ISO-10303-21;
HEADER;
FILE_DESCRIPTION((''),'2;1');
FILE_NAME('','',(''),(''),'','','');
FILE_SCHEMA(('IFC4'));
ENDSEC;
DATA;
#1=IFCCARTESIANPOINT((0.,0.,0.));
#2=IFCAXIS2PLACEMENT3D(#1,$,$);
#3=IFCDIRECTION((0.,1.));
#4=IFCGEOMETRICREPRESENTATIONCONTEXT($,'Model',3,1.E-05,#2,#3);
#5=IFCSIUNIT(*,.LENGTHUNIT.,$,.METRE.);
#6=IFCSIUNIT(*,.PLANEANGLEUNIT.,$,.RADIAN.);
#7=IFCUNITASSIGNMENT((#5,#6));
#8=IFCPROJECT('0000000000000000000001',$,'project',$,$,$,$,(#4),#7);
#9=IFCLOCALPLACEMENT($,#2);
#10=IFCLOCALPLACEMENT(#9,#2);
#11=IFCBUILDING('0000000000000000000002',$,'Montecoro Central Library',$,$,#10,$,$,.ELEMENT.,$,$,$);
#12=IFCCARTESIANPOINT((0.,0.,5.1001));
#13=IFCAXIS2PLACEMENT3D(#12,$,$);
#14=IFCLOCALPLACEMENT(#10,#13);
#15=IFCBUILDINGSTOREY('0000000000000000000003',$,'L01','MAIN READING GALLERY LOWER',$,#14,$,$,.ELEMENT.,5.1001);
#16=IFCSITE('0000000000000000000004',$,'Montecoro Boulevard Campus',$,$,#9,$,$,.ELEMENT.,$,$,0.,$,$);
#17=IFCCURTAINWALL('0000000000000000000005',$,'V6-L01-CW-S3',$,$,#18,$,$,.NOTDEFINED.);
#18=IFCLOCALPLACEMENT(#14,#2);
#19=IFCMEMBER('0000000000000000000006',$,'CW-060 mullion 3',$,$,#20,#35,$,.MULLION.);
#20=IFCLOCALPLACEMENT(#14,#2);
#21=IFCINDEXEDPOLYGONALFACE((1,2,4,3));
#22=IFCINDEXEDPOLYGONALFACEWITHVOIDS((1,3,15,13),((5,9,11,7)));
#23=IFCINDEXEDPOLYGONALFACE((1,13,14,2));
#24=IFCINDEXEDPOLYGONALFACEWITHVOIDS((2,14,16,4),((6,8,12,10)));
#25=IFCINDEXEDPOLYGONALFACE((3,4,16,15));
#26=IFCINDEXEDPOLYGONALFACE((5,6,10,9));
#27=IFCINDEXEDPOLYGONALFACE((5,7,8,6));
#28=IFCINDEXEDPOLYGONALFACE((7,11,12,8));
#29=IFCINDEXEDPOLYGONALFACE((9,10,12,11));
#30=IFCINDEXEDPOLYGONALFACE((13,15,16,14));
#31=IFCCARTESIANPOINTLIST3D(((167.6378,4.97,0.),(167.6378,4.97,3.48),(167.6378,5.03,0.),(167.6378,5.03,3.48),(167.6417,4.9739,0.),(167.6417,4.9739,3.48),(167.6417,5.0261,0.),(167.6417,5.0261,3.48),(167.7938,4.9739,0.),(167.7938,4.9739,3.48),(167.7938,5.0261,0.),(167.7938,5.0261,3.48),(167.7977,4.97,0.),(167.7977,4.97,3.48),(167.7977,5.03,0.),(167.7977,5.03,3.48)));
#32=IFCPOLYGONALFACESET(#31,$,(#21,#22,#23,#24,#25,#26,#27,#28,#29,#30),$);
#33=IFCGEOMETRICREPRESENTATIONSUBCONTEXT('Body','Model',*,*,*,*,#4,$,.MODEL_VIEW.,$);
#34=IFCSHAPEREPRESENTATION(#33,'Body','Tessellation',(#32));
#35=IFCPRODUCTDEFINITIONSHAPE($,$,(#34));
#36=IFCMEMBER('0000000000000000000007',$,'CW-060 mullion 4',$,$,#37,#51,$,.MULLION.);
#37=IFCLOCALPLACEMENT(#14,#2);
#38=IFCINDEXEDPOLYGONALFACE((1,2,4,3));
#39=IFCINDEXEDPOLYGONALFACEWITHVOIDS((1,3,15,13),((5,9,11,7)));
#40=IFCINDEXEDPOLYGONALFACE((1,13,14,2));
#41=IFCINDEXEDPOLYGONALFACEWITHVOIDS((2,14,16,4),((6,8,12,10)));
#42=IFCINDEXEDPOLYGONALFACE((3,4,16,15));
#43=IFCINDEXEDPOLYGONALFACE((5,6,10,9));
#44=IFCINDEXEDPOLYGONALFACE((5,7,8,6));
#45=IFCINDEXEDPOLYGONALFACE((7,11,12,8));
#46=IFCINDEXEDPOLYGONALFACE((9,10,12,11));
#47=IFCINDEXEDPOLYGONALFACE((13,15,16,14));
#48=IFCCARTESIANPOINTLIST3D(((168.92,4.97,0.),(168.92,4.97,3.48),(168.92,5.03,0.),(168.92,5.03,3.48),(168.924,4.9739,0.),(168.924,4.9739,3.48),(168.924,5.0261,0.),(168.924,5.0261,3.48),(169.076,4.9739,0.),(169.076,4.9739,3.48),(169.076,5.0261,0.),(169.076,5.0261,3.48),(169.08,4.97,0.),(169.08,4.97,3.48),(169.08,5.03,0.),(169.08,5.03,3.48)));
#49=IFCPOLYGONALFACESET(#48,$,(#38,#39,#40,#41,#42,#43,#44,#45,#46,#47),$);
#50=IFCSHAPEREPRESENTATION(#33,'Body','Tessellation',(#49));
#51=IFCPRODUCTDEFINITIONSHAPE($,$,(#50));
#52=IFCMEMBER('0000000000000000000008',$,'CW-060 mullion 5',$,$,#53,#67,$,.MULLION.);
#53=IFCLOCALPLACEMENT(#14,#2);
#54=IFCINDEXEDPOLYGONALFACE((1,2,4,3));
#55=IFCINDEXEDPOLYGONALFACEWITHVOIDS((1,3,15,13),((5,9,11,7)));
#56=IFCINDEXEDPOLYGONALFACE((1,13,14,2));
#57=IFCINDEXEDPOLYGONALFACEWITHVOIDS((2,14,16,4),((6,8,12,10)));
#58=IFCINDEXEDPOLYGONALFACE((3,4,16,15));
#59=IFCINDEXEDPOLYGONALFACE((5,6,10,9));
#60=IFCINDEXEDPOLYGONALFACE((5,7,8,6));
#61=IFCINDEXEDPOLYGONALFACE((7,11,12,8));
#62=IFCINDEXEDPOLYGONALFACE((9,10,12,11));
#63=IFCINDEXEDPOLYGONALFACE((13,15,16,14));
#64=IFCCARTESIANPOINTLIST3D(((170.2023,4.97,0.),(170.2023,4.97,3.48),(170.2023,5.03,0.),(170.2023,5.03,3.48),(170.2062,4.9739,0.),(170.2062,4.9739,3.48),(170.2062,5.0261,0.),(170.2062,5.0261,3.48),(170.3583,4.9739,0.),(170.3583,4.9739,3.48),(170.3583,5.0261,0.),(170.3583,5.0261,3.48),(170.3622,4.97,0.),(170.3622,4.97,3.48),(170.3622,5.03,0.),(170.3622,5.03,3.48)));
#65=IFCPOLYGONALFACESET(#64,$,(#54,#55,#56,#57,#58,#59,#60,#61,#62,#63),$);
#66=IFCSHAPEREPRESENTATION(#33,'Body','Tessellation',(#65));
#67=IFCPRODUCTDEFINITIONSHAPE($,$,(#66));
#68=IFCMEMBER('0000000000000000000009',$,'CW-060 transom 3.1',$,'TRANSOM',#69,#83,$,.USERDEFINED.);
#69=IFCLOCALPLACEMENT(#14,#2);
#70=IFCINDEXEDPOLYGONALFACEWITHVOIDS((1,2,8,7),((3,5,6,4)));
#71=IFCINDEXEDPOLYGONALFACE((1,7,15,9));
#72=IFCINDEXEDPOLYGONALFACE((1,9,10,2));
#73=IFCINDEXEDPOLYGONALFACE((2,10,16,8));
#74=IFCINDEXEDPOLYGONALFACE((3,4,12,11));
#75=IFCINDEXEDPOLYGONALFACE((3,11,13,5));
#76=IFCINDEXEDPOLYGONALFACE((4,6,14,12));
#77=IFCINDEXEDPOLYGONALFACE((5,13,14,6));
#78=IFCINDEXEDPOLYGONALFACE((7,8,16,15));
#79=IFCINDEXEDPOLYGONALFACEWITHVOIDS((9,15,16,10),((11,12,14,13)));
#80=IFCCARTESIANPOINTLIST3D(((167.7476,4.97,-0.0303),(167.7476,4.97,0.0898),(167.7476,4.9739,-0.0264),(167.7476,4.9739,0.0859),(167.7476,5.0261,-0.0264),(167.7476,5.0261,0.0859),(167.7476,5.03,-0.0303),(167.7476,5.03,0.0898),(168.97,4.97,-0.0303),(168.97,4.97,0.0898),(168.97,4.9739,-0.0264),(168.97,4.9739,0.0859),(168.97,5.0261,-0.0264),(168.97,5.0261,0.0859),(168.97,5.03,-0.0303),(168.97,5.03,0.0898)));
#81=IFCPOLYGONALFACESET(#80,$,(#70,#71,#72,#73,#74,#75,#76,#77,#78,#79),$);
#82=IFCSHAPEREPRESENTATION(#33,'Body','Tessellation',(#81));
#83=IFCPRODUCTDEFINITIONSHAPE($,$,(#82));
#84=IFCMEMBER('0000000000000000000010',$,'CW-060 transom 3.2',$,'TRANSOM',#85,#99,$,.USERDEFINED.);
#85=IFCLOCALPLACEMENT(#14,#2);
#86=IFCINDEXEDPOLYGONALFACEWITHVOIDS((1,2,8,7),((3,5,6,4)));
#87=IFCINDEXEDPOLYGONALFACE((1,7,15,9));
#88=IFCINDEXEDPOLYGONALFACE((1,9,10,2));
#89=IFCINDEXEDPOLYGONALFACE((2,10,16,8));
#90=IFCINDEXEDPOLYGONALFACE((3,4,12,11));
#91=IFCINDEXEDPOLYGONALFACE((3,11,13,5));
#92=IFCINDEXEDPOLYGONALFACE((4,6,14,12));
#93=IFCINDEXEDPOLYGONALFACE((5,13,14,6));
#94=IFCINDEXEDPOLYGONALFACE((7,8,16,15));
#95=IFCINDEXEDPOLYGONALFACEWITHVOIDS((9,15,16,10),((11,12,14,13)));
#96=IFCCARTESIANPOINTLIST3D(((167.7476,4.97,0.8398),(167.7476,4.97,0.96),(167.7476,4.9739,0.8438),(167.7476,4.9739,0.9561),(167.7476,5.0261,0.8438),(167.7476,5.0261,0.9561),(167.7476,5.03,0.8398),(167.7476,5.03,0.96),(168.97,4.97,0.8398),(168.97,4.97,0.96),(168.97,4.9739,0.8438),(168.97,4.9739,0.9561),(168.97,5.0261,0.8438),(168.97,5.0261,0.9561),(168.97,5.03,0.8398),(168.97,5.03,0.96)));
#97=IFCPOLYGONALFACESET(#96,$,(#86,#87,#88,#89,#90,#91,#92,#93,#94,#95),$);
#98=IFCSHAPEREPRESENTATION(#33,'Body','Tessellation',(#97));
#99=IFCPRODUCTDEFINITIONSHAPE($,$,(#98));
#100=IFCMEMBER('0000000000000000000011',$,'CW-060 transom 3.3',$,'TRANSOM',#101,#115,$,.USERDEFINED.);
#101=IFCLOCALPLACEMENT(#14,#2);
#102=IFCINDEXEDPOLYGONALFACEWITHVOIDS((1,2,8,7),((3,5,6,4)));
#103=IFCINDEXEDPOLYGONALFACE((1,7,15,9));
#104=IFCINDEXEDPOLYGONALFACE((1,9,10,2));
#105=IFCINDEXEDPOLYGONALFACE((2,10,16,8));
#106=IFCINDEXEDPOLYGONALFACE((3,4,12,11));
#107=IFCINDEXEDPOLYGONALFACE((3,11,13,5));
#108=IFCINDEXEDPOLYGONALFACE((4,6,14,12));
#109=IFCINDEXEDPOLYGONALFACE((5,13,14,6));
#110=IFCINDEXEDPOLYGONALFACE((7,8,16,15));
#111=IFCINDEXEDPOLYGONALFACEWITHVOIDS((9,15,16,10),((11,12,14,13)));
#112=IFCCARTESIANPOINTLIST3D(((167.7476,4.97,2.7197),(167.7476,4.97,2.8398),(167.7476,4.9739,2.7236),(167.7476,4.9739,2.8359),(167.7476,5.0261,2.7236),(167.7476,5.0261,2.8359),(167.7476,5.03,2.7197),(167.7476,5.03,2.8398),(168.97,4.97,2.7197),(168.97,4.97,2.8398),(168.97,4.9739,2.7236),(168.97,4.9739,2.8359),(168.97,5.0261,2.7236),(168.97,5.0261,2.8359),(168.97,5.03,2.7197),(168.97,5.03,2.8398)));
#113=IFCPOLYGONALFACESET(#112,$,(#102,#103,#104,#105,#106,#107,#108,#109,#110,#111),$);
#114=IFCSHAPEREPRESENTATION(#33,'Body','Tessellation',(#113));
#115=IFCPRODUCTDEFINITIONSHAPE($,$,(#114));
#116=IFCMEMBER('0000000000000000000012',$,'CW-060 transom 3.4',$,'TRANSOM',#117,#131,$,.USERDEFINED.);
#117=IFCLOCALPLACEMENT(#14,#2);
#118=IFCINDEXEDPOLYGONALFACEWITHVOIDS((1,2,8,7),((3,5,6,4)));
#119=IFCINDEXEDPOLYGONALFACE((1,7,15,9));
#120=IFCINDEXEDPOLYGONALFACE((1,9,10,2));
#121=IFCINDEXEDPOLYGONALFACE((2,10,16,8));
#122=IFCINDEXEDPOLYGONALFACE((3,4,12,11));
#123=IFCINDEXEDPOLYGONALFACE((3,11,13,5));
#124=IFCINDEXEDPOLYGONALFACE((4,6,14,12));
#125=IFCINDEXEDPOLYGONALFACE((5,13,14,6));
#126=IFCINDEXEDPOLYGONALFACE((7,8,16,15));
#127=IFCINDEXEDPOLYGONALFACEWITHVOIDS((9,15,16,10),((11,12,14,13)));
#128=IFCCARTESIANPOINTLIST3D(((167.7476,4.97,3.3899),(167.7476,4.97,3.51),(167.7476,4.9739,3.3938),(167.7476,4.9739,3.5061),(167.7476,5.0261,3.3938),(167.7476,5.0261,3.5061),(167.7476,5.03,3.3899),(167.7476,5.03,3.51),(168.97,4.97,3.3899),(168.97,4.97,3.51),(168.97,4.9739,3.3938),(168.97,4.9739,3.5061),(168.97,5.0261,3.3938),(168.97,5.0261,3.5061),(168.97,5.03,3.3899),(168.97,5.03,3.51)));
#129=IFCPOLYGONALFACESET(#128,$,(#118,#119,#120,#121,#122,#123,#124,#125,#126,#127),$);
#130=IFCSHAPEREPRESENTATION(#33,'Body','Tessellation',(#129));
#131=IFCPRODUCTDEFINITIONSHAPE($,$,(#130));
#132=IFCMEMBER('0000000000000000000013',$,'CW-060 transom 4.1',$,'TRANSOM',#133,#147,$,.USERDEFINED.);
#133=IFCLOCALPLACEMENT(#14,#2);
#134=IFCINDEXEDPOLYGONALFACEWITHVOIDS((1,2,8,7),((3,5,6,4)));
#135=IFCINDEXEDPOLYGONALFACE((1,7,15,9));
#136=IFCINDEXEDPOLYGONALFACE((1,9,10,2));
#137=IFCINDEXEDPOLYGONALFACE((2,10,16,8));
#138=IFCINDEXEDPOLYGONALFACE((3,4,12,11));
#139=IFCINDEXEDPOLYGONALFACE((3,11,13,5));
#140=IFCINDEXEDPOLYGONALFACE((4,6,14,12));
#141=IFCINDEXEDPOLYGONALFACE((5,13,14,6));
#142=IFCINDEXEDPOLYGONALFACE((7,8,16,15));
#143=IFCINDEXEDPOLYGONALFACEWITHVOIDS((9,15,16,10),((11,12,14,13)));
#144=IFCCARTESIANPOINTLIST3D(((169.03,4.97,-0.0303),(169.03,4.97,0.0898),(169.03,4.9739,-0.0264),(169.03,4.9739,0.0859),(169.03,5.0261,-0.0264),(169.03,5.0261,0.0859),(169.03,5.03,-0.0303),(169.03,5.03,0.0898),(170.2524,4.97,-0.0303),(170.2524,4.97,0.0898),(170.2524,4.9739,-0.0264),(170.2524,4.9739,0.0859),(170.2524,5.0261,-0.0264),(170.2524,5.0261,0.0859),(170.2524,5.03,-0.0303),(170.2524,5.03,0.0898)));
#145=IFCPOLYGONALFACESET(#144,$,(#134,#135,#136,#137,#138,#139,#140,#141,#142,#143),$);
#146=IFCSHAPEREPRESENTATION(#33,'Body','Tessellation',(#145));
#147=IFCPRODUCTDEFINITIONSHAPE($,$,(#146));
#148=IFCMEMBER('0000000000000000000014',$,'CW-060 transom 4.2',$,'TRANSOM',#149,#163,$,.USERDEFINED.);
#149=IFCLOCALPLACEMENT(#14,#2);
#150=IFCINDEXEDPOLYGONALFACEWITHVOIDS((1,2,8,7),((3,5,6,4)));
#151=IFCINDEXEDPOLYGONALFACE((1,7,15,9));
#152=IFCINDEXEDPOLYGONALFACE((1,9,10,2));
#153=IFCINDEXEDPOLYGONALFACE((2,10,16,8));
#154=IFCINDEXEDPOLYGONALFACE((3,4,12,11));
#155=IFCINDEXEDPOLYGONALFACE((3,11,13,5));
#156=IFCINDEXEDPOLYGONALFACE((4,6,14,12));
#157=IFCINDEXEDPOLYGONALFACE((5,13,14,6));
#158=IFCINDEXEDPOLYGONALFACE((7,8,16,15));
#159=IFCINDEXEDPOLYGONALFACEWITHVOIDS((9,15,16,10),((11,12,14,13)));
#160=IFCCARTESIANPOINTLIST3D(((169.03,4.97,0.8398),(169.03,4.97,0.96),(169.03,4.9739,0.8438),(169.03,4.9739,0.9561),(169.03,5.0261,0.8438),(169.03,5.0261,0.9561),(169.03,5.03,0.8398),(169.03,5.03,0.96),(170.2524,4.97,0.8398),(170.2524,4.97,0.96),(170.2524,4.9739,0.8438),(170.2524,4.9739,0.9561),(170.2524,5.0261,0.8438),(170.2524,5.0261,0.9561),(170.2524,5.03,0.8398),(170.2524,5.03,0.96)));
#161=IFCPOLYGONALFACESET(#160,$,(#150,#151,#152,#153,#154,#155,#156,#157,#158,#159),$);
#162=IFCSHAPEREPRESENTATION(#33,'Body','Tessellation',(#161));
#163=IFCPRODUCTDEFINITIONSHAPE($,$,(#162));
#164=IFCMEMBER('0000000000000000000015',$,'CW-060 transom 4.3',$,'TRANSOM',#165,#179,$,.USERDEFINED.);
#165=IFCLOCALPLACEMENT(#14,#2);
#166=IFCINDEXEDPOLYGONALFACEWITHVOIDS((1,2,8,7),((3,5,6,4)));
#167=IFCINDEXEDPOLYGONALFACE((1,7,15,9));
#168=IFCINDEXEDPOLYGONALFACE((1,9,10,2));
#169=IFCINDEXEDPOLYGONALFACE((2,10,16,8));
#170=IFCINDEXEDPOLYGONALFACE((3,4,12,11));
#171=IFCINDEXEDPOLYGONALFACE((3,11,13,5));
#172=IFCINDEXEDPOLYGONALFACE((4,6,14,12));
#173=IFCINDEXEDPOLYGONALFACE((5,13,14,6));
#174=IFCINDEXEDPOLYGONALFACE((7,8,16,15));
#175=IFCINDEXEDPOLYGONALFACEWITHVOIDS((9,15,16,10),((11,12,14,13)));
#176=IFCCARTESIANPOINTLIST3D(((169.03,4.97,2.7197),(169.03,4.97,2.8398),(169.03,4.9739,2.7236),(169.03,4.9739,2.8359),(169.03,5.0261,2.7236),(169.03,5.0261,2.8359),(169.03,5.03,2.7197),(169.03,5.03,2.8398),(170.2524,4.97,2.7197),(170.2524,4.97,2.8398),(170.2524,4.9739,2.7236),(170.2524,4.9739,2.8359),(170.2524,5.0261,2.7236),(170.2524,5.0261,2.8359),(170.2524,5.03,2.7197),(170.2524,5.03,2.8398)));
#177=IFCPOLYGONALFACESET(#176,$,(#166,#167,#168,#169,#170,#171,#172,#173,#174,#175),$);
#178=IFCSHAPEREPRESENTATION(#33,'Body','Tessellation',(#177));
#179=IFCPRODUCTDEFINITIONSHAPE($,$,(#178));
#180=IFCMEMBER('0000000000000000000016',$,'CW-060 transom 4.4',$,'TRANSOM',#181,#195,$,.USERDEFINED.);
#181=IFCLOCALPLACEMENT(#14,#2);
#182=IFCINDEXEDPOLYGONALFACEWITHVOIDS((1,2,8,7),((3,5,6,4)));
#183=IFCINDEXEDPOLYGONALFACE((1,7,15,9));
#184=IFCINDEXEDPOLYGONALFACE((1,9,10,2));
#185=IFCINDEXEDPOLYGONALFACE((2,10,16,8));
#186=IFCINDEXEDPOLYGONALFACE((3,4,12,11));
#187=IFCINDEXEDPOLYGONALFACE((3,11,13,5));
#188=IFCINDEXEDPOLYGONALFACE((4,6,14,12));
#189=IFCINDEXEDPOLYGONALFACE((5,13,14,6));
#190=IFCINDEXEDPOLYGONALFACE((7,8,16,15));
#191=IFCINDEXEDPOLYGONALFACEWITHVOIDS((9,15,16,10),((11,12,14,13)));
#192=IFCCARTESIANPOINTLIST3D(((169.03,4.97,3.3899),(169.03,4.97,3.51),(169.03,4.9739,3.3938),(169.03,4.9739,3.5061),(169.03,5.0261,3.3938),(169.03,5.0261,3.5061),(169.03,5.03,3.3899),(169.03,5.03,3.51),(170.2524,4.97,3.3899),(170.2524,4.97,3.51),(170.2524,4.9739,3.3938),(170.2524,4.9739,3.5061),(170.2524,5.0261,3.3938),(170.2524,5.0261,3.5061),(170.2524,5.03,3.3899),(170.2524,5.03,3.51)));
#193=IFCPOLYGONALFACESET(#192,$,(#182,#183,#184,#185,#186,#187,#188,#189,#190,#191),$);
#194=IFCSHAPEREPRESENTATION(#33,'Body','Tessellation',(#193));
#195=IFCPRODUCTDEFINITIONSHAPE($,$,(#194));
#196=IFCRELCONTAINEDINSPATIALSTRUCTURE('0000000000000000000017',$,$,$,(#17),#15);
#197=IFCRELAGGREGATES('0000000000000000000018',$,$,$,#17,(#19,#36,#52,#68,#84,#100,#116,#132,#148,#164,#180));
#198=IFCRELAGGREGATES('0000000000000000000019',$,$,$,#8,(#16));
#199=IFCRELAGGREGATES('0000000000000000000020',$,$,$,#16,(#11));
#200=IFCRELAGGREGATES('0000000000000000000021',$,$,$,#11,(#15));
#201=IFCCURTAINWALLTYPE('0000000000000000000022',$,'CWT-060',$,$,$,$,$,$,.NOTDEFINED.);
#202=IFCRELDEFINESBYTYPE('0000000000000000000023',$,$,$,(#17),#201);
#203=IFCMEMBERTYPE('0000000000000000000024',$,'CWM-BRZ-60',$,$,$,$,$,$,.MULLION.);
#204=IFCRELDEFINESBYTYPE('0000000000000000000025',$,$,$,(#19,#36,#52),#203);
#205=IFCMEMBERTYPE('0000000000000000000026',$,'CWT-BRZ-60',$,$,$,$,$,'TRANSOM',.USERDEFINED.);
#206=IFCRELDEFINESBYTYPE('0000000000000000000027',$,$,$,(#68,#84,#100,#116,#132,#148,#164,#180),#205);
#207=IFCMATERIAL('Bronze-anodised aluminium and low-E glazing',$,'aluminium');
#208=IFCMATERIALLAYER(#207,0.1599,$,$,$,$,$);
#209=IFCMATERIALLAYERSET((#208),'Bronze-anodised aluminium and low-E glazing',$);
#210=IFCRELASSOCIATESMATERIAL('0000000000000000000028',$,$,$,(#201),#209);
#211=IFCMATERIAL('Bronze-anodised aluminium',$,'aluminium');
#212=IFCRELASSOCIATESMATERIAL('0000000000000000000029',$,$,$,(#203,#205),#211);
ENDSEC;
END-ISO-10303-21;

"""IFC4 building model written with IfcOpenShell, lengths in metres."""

from ifc_helpers import new_model, si_unit, direction, frame, origin, origin_2d, place, context, subcontext, project, spatial, hollow_rectangle, extrude, material, layer, layer_set, material_profile, profile_set, type_object, element, aggregate, save


model = new_model("IFC4")

# Units and contexts
model_context = context("Model", 3, precision=1e-05, world=origin(), true_north=direction((0.0, 1.0)))
body_context = subcontext(model_context, "Body", "Model", "MODEL_VIEW")
ifc_project = project(units=[si_unit("LENGTHUNIT", "METRE"), si_unit("PLANEANGLEUNIT", "RADIAN")], contexts=[model_context])

# Site, building, storey
site_placement = place(None, origin())
site = spatial("IfcSite", under=ifc_project, at=site_placement, Name="Montecoro Boulevard Campus", CompositionType="ELEMENT", RefElevation=0.0)
building_placement = place(site_placement, origin())
building = spatial("IfcBuilding", under=site, at=building_placement, Name="Montecoro Central Library", CompositionType="ELEMENT")
storey_placement = place(building_placement, frame((0.0, 0.0, 5.1001)))
storey = spatial("IfcBuildingStorey", under=building, at=storey_placement, Name="L01", Description="MAIN READING GALLERY LOWER", CompositionType="ELEMENT", Elevation=5.1001)

# Curtain wall, members
ifc_material_1 = material(Name="Bronze-anodised aluminium and low-E glazing", Category="aluminium")
ifc_layer_1 = layer(ifc_material_1, 0.1599)
ifc_layer_set_1 = layer_set([ifc_layer_1], Name="Bronze-anodised aluminium and low-E glazing")
curtain_wall_type = type_object("IfcCurtainWallType", Name="CWT-060", PredefinedType="NOTDEFINED", material=ifc_layer_set_1)
curtain_wall_placement = place(storey_placement, origin())
curtain_wall = element("IfcCurtainWall", 1, at=curtain_wall_placement, inside=storey, type_object=curtain_wall_type, Name="V6-L01-CW-S3", PredefinedType="NOTDEFINED")
ifc_material_2 = material(Name="Bronze-anodised aluminium", Category="aluminium")
ifc_material_profile_1 = material_profile(ifc_material_2, hollow_rectangle(XDim=0.0601, YDim=0.1599, WallThickness=0.0039, at=origin_2d()), Name="CWM 160x60x4.0")
ifc_profile_set_1 = profile_set([ifc_material_profile_1], Name="Bronze-anodised aluminium")
member_type_1 = type_object("IfcMemberType", Name="CWM-BRZ-60", PredefinedType="MULLION", material=ifc_profile_set_1)
member_1_placement = place(storey_placement, frame((167.7178, 5.0, 0.0), z_axis=(0.0, 0.0, 1.0), x_axis=(0.0, 1.0, 0.0)))
member_1 = element("IfcMember", 2, at=member_1_placement, type_object=member_type_1, Name="CW-060 mullion 3", PredefinedType="MULLION", context=body_context, shape_type="SweptSolid", body=[
    extrude(hollow_rectangle(XDim=0.0601, YDim=0.1599, WallThickness=0.0039, at=origin_2d()), origin(), (0.0, 0.0, 1.0), 3.48),
])
member_2_placement = place(storey_placement, frame((169.0, 5.0, 0.0), z_axis=(0.0, 0.0, 1.0), x_axis=(0.0, 1.0, 0.0)))
member_2 = element("IfcMember", 3, at=member_2_placement, type_object=member_type_1, Name="CW-060 mullion 4", PredefinedType="MULLION", context=body_context, shape_type="SweptSolid", body=[
    extrude(hollow_rectangle(XDim=0.0601, YDim=0.1599, WallThickness=0.0039, at=origin_2d()), origin(), (0.0, 0.0, 1.0), 3.48),
])
member_3_placement = place(storey_placement, frame((170.2822, 5.0, 0.0), z_axis=(0.0, 0.0, 1.0), x_axis=(0.0, 1.0, 0.0)))
member_3 = element("IfcMember", 4, at=member_3_placement, type_object=member_type_1, Name="CW-060 mullion 5", PredefinedType="MULLION", context=body_context, shape_type="SweptSolid", body=[
    extrude(hollow_rectangle(XDim=0.0601, YDim=0.1599, WallThickness=0.0039, at=origin_2d()), origin(), (0.0, 0.0, 1.0), 3.48),
])
ifc_material_profile_2 = material_profile(ifc_material_2, hollow_rectangle(XDim=0.0601, YDim=0.1201, WallThickness=0.0039, at=origin_2d()), Name="CWT 120x60x4.0")
ifc_profile_set_2 = profile_set([ifc_material_profile_2], Name="Bronze-anodised aluminium")
member_type_2 = type_object("IfcMemberType", Name="CWT-BRZ-60", ElementType="TRANSOM", PredefinedType="USERDEFINED", material=ifc_profile_set_2)
member_4_placement = place(storey_placement, frame((167.7476, 5.0, 0.0298), z_axis=(1.0, 0.0, 0.0), x_axis=(0.0, 1.0, 0.0)))
member_4 = element("IfcMember", 5, at=member_4_placement, type_object=member_type_2, Name="CW-060 transom 3.1", ObjectType="TRANSOM", PredefinedType="USERDEFINED", context=body_context, shape_type="SweptSolid", body=[
    extrude(hollow_rectangle(XDim=0.0601, YDim=0.1201, WallThickness=0.0039, at=origin_2d()), origin(), (0.0, 0.0, 1.0), 1.2224),
])
member_5_placement = place(storey_placement, frame((167.7476, 5.0, 0.8999), z_axis=(1.0, 0.0, 0.0), x_axis=(0.0, 1.0, 0.0)))
member_5 = element("IfcMember", 6, at=member_5_placement, type_object=member_type_2, Name="CW-060 transom 3.2", ObjectType="TRANSOM", PredefinedType="USERDEFINED", context=body_context, shape_type="SweptSolid", body=[
    extrude(hollow_rectangle(XDim=0.0601, YDim=0.1201, WallThickness=0.0039, at=origin_2d()), origin(), (0.0, 0.0, 1.0), 1.2224),
])
member_6_placement = place(storey_placement, frame((167.7476, 5.0, 2.7798), z_axis=(1.0, 0.0, 0.0), x_axis=(0.0, 1.0, 0.0)))
member_6 = element("IfcMember", 7, at=member_6_placement, type_object=member_type_2, Name="CW-060 transom 3.3", ObjectType="TRANSOM", PredefinedType="USERDEFINED", context=body_context, shape_type="SweptSolid", body=[
    extrude(hollow_rectangle(XDim=0.0601, YDim=0.1201, WallThickness=0.0039, at=origin_2d()), origin(), (0.0, 0.0, 1.0), 1.2224),
])
member_7_placement = place(storey_placement, frame((167.7476, 5.0, 3.45), z_axis=(1.0, 0.0, 0.0), x_axis=(0.0, 1.0, 0.0)))
member_7 = element("IfcMember", 8, at=member_7_placement, type_object=member_type_2, Name="CW-060 transom 3.4", ObjectType="TRANSOM", PredefinedType="USERDEFINED", context=body_context, shape_type="SweptSolid", body=[
    extrude(hollow_rectangle(XDim=0.0601, YDim=0.1201, WallThickness=0.0039, at=origin_2d()), origin(), (0.0, 0.0, 1.0), 1.2224),
])
member_8_placement = place(storey_placement, frame((169.03, 5.0, 0.0298), z_axis=(1.0, 0.0, 0.0), x_axis=(0.0, 1.0, 0.0)))
member_8 = element("IfcMember", 9, at=member_8_placement, type_object=member_type_2, Name="CW-060 transom 4.1", ObjectType="TRANSOM", PredefinedType="USERDEFINED", context=body_context, shape_type="SweptSolid", body=[
    extrude(hollow_rectangle(XDim=0.0601, YDim=0.1201, WallThickness=0.0039, at=origin_2d()), origin(), (0.0, 0.0, 1.0), 1.2224),
])
member_9_placement = place(storey_placement, frame((169.03, 5.0, 0.8999), z_axis=(1.0, 0.0, 0.0), x_axis=(0.0, 1.0, 0.0)))
member_9 = element("IfcMember", 10, at=member_9_placement, type_object=member_type_2, Name="CW-060 transom 4.2", ObjectType="TRANSOM", PredefinedType="USERDEFINED", context=body_context, shape_type="SweptSolid", body=[
    extrude(hollow_rectangle(XDim=0.0601, YDim=0.1201, WallThickness=0.0039, at=origin_2d()), origin(), (0.0, 0.0, 1.0), 1.2224),
])
member_10_placement = place(storey_placement, frame((169.03, 5.0, 2.7798), z_axis=(1.0, 0.0, 0.0), x_axis=(0.0, 1.0, 0.0)))
member_10 = element("IfcMember", 11, at=member_10_placement, type_object=member_type_2, Name="CW-060 transom 4.3", ObjectType="TRANSOM", PredefinedType="USERDEFINED", context=body_context, shape_type="SweptSolid", body=[
    extrude(hollow_rectangle(XDim=0.0601, YDim=0.1201, WallThickness=0.0039, at=origin_2d()), origin(), (0.0, 0.0, 1.0), 1.2224),
])
member_11_placement = place(storey_placement, frame((169.03, 5.0, 3.45), z_axis=(1.0, 0.0, 0.0), x_axis=(0.0, 1.0, 0.0)))
member_11 = element("IfcMember", 12, at=member_11_placement, type_object=member_type_2, Name="CW-060 transom 4.4", ObjectType="TRANSOM", PredefinedType="USERDEFINED", context=body_context, shape_type="SweptSolid", body=[
    extrude(hollow_rectangle(XDim=0.0601, YDim=0.1201, WallThickness=0.0039, at=origin_2d()), origin(), (0.0, 0.0, 1.0), 1.2224),
])
aggregate(curtain_wall, [member_1, member_2, member_3, member_4, member_5, member_6, member_7, member_8, member_9, member_10, member_11])

save(model, "model.ifc")
